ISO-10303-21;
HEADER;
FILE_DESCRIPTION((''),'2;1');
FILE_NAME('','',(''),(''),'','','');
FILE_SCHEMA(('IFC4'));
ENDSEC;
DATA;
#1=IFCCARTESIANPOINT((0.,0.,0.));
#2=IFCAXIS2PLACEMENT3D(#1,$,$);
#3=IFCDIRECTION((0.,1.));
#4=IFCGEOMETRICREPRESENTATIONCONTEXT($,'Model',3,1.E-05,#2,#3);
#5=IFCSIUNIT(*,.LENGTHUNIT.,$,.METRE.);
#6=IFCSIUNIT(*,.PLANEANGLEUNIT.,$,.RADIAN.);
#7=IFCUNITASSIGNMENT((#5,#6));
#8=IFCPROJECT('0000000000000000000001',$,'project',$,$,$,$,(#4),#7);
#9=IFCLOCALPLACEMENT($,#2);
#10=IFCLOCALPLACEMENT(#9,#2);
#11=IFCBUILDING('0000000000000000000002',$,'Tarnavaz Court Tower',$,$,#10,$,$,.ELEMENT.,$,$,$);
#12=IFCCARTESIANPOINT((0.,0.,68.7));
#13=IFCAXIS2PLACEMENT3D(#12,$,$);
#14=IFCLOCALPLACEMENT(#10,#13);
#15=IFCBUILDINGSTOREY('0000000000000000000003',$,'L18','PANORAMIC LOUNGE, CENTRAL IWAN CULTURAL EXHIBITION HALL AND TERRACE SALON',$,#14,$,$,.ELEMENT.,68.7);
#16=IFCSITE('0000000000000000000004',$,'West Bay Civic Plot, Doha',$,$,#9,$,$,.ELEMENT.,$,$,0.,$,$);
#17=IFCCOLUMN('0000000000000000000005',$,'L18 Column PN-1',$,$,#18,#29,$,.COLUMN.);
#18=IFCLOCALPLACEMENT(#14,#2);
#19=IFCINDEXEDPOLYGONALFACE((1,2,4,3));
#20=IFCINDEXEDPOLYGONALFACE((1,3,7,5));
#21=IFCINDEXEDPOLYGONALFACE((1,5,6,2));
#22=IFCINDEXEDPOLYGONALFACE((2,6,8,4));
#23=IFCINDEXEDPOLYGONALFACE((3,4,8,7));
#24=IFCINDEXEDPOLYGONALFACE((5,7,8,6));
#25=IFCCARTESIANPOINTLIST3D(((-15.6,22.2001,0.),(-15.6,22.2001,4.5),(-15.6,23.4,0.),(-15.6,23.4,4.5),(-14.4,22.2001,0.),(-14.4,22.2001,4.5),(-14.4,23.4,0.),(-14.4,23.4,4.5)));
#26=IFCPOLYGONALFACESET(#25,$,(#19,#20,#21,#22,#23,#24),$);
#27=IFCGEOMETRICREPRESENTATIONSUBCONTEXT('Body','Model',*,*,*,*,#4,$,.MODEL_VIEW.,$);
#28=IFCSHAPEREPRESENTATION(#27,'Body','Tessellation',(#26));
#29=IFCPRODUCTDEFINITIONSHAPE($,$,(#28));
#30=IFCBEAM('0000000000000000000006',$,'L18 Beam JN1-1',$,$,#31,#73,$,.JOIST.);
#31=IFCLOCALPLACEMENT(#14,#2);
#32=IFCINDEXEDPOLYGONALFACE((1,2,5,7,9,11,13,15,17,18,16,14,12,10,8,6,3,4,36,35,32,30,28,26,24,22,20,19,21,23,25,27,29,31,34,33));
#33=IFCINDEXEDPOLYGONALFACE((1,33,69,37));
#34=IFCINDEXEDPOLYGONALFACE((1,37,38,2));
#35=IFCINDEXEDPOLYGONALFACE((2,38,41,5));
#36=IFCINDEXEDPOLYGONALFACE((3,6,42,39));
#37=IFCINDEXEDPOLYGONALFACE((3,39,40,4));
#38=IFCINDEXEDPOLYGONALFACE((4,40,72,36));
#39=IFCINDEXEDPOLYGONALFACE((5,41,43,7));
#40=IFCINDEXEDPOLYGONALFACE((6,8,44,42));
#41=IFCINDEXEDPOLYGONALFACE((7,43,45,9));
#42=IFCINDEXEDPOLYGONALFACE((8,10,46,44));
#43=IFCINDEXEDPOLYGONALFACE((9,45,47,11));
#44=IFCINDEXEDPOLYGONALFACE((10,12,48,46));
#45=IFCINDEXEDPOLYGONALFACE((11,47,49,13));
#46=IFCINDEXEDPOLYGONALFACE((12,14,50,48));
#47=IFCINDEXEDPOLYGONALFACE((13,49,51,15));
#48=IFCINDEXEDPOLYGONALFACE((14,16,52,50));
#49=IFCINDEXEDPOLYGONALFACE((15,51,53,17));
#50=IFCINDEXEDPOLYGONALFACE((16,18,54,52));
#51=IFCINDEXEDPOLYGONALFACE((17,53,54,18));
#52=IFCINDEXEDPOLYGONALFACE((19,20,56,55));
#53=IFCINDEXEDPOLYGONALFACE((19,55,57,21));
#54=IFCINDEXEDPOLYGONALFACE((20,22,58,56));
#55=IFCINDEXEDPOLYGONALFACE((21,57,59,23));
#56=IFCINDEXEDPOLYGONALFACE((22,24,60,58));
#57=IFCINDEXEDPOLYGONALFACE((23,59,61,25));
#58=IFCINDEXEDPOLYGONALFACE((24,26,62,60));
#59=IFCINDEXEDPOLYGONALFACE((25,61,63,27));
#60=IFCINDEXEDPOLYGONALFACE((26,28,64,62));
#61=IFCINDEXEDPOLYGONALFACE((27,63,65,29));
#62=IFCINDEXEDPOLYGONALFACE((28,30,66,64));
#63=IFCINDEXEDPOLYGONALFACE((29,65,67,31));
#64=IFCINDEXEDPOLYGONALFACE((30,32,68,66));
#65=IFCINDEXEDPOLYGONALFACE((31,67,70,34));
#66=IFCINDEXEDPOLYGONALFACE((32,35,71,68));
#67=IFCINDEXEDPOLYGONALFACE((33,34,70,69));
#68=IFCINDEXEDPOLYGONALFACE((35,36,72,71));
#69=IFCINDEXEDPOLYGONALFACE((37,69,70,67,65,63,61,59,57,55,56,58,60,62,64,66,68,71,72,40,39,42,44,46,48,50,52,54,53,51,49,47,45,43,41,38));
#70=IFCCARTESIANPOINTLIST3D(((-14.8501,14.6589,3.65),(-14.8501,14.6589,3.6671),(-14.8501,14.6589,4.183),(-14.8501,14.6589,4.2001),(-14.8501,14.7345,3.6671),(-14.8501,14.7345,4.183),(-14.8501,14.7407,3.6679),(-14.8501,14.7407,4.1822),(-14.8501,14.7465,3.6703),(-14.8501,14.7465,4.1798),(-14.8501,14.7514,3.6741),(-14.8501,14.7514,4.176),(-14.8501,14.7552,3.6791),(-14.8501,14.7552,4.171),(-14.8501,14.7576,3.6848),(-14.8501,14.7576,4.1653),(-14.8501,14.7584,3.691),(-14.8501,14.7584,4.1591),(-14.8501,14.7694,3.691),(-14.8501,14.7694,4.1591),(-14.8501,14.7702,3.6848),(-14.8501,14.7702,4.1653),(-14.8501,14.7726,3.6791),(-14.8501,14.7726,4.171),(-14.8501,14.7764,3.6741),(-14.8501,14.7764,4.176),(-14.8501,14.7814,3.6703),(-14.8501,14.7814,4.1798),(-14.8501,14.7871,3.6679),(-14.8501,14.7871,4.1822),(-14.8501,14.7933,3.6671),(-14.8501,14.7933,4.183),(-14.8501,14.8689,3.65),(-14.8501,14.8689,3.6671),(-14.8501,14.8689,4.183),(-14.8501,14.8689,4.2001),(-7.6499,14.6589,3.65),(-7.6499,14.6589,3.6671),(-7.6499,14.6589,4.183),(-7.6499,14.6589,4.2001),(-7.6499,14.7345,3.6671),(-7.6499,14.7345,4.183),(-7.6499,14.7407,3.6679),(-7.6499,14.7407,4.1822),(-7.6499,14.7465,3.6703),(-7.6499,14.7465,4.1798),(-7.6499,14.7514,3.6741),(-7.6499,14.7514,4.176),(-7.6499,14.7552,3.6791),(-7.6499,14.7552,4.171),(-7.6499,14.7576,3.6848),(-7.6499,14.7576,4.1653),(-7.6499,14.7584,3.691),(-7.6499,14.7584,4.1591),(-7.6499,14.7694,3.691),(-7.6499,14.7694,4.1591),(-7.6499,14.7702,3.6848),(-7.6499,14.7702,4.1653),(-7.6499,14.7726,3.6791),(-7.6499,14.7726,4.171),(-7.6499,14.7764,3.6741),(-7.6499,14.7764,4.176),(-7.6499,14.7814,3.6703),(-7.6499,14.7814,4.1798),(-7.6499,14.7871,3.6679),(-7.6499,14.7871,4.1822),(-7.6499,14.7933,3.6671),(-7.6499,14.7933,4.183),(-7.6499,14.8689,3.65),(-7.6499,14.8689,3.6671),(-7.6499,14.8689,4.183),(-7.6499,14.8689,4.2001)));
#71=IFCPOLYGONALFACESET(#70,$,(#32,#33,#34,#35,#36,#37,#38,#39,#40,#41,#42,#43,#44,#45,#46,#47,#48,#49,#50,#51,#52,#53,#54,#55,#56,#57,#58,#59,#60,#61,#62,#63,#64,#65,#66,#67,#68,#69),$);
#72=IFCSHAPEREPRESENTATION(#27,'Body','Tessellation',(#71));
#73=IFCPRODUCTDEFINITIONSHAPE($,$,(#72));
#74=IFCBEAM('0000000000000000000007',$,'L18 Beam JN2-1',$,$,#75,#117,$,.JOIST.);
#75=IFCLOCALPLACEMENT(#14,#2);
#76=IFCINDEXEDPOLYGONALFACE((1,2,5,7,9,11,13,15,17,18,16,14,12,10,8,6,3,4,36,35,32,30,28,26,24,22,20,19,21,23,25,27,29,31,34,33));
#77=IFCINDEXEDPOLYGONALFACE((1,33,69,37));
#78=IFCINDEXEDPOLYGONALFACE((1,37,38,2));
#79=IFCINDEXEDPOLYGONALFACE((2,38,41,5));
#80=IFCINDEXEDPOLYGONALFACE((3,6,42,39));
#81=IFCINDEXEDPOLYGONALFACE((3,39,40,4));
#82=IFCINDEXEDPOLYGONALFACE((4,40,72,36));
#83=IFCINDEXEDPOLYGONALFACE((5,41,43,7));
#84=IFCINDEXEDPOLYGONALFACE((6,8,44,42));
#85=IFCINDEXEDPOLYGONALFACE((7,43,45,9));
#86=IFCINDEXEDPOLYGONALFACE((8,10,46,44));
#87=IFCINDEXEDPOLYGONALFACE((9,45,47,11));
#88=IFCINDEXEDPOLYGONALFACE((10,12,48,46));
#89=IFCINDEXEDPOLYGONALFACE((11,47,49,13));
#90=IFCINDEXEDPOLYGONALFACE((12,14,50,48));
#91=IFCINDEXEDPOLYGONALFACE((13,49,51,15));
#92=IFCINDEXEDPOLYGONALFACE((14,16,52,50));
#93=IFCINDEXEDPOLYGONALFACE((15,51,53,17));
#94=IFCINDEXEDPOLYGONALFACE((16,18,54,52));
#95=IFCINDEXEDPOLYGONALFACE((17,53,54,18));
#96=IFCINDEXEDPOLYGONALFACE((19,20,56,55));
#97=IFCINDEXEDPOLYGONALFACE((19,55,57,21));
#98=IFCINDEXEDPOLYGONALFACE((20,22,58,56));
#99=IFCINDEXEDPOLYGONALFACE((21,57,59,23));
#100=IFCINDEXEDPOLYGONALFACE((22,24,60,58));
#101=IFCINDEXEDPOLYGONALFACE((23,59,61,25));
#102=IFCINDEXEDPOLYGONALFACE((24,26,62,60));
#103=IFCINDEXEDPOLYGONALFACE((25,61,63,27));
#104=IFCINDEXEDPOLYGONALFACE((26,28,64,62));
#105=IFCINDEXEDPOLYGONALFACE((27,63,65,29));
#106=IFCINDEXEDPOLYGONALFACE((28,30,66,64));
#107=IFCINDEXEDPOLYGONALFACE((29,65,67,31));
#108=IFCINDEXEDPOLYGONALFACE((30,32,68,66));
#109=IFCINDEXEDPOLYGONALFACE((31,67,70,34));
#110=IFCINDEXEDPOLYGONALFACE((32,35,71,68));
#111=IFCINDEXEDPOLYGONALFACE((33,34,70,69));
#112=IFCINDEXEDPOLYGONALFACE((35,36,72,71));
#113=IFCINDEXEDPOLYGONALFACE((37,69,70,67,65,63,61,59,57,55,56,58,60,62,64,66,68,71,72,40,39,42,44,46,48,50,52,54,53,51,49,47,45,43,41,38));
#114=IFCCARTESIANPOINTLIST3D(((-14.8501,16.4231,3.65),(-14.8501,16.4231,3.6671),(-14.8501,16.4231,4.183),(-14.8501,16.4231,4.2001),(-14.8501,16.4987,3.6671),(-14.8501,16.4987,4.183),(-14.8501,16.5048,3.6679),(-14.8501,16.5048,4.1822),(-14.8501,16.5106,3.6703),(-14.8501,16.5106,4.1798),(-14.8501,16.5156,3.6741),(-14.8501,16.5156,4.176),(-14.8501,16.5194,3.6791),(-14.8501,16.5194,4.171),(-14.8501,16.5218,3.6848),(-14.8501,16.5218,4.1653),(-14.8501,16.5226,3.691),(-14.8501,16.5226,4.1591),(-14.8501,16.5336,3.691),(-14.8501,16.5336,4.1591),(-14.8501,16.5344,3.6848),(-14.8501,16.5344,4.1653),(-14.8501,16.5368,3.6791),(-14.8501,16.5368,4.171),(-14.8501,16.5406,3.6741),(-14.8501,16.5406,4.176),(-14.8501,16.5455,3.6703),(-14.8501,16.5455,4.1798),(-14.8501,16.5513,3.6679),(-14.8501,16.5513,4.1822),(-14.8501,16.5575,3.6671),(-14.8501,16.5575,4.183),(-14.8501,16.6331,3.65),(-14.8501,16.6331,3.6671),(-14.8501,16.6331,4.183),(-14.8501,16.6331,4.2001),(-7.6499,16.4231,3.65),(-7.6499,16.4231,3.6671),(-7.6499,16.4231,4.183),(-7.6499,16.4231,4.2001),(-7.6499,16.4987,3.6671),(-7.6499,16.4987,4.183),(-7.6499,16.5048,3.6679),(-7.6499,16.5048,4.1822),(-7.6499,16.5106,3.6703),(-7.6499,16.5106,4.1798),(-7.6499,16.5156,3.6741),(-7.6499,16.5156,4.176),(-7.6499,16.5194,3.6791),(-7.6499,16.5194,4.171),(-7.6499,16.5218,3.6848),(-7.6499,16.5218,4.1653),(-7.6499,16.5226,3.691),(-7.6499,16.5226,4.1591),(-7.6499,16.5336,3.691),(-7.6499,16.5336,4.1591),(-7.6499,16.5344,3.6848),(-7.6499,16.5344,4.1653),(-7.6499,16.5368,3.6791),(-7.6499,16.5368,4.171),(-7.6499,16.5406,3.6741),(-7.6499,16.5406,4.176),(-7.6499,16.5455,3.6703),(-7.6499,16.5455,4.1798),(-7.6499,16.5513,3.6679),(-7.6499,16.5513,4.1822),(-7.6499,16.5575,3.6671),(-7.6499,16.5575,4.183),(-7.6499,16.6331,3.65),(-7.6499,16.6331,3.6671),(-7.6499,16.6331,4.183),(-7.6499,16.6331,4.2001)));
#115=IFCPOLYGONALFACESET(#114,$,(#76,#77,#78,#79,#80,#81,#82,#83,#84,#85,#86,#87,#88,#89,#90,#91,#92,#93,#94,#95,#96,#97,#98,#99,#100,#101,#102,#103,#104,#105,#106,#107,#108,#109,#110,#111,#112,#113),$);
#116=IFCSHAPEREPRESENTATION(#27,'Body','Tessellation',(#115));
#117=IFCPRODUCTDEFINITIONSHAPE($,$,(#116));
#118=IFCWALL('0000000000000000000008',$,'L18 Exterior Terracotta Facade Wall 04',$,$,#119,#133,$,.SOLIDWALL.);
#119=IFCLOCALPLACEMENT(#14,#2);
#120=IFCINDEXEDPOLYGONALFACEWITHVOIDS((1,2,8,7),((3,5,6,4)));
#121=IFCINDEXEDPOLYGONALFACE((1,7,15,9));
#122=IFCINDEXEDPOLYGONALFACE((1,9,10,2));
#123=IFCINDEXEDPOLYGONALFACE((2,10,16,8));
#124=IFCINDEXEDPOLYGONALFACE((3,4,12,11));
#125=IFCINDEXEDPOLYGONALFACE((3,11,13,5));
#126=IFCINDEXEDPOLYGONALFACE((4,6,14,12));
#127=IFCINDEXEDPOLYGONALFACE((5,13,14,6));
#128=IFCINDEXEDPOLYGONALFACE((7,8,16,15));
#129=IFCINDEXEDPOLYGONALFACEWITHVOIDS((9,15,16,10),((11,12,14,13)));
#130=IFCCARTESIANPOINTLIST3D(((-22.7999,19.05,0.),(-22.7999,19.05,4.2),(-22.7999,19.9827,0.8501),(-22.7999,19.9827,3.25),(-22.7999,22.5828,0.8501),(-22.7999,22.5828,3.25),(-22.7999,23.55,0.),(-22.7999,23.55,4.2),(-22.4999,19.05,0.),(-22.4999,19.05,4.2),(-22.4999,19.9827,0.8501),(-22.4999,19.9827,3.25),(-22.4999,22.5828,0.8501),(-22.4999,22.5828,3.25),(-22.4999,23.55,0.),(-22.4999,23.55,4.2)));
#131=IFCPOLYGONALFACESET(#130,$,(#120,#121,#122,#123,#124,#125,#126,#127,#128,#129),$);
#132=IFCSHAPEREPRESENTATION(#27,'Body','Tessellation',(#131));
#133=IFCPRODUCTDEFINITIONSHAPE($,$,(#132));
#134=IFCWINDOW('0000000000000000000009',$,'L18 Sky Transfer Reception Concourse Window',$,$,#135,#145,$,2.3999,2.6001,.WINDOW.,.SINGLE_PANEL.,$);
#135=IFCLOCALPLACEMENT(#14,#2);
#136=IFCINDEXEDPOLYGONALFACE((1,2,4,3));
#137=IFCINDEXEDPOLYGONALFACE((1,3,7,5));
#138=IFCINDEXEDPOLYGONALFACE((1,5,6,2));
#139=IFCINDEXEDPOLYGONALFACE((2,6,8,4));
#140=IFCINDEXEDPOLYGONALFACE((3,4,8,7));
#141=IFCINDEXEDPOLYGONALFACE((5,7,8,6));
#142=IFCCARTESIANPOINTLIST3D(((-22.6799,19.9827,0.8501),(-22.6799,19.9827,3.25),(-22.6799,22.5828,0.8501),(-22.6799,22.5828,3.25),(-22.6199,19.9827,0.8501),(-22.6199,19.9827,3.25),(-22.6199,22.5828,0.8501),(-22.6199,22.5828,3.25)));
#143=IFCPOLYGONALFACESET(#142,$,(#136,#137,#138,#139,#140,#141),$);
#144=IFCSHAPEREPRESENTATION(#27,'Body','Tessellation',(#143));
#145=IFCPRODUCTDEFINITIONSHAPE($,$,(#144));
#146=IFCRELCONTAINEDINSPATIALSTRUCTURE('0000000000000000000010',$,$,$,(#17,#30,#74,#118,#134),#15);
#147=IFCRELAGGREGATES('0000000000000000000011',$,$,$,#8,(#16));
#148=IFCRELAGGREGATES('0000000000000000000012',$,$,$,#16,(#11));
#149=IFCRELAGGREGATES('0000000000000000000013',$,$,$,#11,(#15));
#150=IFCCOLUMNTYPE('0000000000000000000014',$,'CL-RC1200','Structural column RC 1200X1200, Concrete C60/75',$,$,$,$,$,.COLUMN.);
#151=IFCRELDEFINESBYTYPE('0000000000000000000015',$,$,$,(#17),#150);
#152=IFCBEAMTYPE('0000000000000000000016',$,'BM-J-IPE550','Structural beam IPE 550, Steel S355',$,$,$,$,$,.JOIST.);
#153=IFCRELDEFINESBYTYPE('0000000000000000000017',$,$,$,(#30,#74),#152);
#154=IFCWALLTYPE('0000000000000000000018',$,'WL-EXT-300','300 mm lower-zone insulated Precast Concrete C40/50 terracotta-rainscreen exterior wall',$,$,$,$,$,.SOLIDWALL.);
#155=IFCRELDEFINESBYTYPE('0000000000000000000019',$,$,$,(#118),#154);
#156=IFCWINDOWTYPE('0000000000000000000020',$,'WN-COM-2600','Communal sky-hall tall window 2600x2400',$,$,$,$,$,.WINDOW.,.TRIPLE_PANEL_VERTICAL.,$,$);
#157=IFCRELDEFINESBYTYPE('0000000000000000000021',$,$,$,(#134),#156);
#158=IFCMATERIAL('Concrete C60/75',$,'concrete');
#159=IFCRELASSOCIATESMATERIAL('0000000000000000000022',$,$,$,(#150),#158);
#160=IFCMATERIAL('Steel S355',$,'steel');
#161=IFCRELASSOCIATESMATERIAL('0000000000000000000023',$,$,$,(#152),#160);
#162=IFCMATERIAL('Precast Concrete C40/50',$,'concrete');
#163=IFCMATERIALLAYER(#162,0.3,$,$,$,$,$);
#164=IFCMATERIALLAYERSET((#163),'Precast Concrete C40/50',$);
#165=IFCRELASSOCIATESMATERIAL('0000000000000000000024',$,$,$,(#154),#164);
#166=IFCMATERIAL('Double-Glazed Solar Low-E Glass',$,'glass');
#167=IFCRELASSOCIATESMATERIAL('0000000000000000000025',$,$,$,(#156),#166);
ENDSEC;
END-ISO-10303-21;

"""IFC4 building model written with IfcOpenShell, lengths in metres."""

from ifc_helpers import new_model, si_unit, direction, frame, frame_2d, origin, origin_2d, place, context, subcontext, project, spatial, rectangle, i_section, extrude, material, layer, layer_set, material_profile, profile_set, type_object, element, fill, save


model = new_model("IFC4")

# Units and contexts
model_context = context("Model", 3, precision=1e-05, world=origin(), true_north=direction((0.0, 1.0)))
body_context = subcontext(model_context, "Body", "Model", "MODEL_VIEW")
ifc_project = project(units=[si_unit("LENGTHUNIT", "METRE"), si_unit("PLANEANGLEUNIT", "RADIAN")], contexts=[model_context])

# Site, building, storey
site_placement = place(None, origin())
site = spatial("IfcSite", under=ifc_project, at=site_placement, Name="West Bay Civic Plot, Doha", CompositionType="ELEMENT", RefElevation=0.0)
building_placement = place(site_placement, origin())
building = spatial("IfcBuilding", under=site, at=building_placement, Name="Tarnavaz Court Tower", CompositionType="ELEMENT")
storey_placement = place(building_placement, frame((0.0, 0.0, 68.7)))
storey = spatial("IfcBuildingStorey", under=building, at=storey_placement, Name="L18", Description="PANORAMIC LOUNGE, CENTRAL IWAN CULTURAL EXHIBITION HALL AND TERRACE SALON", CompositionType="ELEMENT", Elevation=68.7)

# Column
ifc_material_1 = material(Name="Concrete C60/75", Category="concrete")
ifc_material_profile_1 = material_profile(ifc_material_1, rectangle(XDim=1.2, YDim=1.2, at=origin_2d()), Name="RC 1200X1200")
ifc_profile_set_1 = profile_set([ifc_material_profile_1], Name="Concrete C60/75")
column_type = type_object("IfcColumnType", Name="CL-RC1200", Description="Structural column RC 1200X1200, Concrete C60/75", PredefinedType="COLUMN", material=ifc_profile_set_1)
column_placement = place(storey_placement, frame((-15.0, 22.8, 0.0), z_axis=(0.0, 0.0, 1.0), x_axis=(1.0, 0.0, 0.0)))
element("IfcColumn", 1, at=column_placement, inside=storey, type_object=column_type, Name="L18 Column PN-1", PredefinedType="COLUMN", context=body_context, shape_type="SweptSolid", body=[
    extrude(rectangle(XDim=1.2, YDim=1.2, at=origin_2d()), origin(), (0.0, 0.0, 1.0), 4.5),
])

# Beams
ifc_material_2 = material(Name="Steel S355", Category="steel")
ifc_material_profile_2 = material_profile(ifc_material_2, i_section(OverallWidth=0.21, OverallDepth=0.55, WebThickness=0.011, FlangeThickness=0.0171, FilletRadius=0.0239, at=origin_2d()), Name="IPE 550")
ifc_profile_set_2 = profile_set([ifc_material_profile_2], Name="Steel S355")
beam_type = type_object("IfcBeamType", Name="BM-J-IPE550", Description="Structural beam IPE 550, Steel S355", PredefinedType="JOIST", material=ifc_profile_set_2)
for number, where, z_axis, x_axis, name in (
    (2, (-14.8501, 14.7639, 3.925), (1.0, 0.0, 0.0), (0.0, 1.0, 0.0), "L18 Beam JN1-1"),
    (3, (-14.8501, 16.5281, 3.925), (1.0, 0.0, 0.0), (0.0, 1.0, 0.0), "L18 Beam JN2-1"),
):
    element("IfcBeam", number, at=place(storey_placement, frame(where, z_axis=z_axis, x_axis=x_axis)), inside=storey, type_object=beam_type, Name=name, PredefinedType="JOIST", context=body_context, shape_type="SweptSolid", body=[
        extrude(i_section(OverallWidth=0.21, OverallDepth=0.55, WebThickness=0.011, FlangeThickness=0.0171, FilletRadius=0.0239, at=origin_2d()), origin(), (0.0, 0.0, 1.0), 7.2002),
    ])

# Wall, opening, window
ifc_material_3 = material(Name="Precast Concrete C40/50", Category="concrete")
ifc_layer_1 = layer(ifc_material_3, 0.3)
ifc_layer_set_1 = layer_set([ifc_layer_1], Name="Precast Concrete C40/50")
wall_type_1 = type_object("IfcWallType", Name="WL-EXT-300", Description="300 mm lower-zone insulated Precast Concrete C40/50 terracotta-rainscreen exterior wall", PredefinedType="SOLIDWALL", material=ifc_layer_set_1)
wall_1_placement = place(storey_placement, frame((-22.6499, 19.05, 0.0), z_axis=(0.0, 0.0, 1.0), x_axis=(0.0, 1.0, 0.0)))
wall_1 = element("IfcWall", 4, at=wall_1_placement, inside=storey, type_object=wall_type_1, Name="L18 Exterior Terracotta Facade Wall 04", PredefinedType="SOLIDWALL", context=body_context, shape_type="SweptSolid", body=[
    extrude(rectangle(XDim=4.5, YDim=0.3, at=frame_2d((2.25, 0.0))), origin(), (0.0, 0.0, 1.0), 4.2),
])
opening_1_placement = place(wall_1_placement, frame((0.9326, 0.0, 0.8501)))
opening_1 = element("IfcOpeningElement", 5, at=opening_1_placement, cuts=wall_1, PredefinedType="OPENING", context=body_context, shape_type="SweptSolid", body=[
    extrude(rectangle(XDim=2.6001, YDim=2.3999, at=frame_2d((1.3, 1.2))), frame((0.0, 0.1599, 0.0), z_axis=(0.0, -1.0, 0.0), x_axis=(1.0, 0.0, 0.0)), (0.0, 0.0, 1.0), 0.3201),
])
ifc_material_4 = material(Name="Double-Glazed Solar Low-E Glass", Category="glass")
window_type = type_object("IfcWindowType", Name="WN-COM-2600", Description="Communal sky-hall tall window 2600x2400", PartitioningType="TRIPLE_PANEL_VERTICAL", PredefinedType="WINDOW", material=ifc_material_4)
window_1_placement = place(opening_1_placement, origin())
window_1 = element("IfcWindow", 6, at=window_1_placement, inside=storey, type_object=window_type, Name="L18 Sky Transfer Reception Concourse Window", OverallHeight=2.3999, OverallWidth=2.6001, PartitioningType="SINGLE_PANEL", PredefinedType="WINDOW", context=body_context, shape_type="SweptSolid", body=[
    extrude(rectangle(XDim=2.6001, YDim=2.3999, at=frame_2d((1.3, 1.2))), frame((0.0, 0.03, 0.0), z_axis=(0.0, -1.0, 0.0), x_axis=(1.0, 0.0, 0.0)), (0.0, 0.0, 1.0), 0.0601),
])
fill(opening_1, window_1)

save(model, "model.ifc")
